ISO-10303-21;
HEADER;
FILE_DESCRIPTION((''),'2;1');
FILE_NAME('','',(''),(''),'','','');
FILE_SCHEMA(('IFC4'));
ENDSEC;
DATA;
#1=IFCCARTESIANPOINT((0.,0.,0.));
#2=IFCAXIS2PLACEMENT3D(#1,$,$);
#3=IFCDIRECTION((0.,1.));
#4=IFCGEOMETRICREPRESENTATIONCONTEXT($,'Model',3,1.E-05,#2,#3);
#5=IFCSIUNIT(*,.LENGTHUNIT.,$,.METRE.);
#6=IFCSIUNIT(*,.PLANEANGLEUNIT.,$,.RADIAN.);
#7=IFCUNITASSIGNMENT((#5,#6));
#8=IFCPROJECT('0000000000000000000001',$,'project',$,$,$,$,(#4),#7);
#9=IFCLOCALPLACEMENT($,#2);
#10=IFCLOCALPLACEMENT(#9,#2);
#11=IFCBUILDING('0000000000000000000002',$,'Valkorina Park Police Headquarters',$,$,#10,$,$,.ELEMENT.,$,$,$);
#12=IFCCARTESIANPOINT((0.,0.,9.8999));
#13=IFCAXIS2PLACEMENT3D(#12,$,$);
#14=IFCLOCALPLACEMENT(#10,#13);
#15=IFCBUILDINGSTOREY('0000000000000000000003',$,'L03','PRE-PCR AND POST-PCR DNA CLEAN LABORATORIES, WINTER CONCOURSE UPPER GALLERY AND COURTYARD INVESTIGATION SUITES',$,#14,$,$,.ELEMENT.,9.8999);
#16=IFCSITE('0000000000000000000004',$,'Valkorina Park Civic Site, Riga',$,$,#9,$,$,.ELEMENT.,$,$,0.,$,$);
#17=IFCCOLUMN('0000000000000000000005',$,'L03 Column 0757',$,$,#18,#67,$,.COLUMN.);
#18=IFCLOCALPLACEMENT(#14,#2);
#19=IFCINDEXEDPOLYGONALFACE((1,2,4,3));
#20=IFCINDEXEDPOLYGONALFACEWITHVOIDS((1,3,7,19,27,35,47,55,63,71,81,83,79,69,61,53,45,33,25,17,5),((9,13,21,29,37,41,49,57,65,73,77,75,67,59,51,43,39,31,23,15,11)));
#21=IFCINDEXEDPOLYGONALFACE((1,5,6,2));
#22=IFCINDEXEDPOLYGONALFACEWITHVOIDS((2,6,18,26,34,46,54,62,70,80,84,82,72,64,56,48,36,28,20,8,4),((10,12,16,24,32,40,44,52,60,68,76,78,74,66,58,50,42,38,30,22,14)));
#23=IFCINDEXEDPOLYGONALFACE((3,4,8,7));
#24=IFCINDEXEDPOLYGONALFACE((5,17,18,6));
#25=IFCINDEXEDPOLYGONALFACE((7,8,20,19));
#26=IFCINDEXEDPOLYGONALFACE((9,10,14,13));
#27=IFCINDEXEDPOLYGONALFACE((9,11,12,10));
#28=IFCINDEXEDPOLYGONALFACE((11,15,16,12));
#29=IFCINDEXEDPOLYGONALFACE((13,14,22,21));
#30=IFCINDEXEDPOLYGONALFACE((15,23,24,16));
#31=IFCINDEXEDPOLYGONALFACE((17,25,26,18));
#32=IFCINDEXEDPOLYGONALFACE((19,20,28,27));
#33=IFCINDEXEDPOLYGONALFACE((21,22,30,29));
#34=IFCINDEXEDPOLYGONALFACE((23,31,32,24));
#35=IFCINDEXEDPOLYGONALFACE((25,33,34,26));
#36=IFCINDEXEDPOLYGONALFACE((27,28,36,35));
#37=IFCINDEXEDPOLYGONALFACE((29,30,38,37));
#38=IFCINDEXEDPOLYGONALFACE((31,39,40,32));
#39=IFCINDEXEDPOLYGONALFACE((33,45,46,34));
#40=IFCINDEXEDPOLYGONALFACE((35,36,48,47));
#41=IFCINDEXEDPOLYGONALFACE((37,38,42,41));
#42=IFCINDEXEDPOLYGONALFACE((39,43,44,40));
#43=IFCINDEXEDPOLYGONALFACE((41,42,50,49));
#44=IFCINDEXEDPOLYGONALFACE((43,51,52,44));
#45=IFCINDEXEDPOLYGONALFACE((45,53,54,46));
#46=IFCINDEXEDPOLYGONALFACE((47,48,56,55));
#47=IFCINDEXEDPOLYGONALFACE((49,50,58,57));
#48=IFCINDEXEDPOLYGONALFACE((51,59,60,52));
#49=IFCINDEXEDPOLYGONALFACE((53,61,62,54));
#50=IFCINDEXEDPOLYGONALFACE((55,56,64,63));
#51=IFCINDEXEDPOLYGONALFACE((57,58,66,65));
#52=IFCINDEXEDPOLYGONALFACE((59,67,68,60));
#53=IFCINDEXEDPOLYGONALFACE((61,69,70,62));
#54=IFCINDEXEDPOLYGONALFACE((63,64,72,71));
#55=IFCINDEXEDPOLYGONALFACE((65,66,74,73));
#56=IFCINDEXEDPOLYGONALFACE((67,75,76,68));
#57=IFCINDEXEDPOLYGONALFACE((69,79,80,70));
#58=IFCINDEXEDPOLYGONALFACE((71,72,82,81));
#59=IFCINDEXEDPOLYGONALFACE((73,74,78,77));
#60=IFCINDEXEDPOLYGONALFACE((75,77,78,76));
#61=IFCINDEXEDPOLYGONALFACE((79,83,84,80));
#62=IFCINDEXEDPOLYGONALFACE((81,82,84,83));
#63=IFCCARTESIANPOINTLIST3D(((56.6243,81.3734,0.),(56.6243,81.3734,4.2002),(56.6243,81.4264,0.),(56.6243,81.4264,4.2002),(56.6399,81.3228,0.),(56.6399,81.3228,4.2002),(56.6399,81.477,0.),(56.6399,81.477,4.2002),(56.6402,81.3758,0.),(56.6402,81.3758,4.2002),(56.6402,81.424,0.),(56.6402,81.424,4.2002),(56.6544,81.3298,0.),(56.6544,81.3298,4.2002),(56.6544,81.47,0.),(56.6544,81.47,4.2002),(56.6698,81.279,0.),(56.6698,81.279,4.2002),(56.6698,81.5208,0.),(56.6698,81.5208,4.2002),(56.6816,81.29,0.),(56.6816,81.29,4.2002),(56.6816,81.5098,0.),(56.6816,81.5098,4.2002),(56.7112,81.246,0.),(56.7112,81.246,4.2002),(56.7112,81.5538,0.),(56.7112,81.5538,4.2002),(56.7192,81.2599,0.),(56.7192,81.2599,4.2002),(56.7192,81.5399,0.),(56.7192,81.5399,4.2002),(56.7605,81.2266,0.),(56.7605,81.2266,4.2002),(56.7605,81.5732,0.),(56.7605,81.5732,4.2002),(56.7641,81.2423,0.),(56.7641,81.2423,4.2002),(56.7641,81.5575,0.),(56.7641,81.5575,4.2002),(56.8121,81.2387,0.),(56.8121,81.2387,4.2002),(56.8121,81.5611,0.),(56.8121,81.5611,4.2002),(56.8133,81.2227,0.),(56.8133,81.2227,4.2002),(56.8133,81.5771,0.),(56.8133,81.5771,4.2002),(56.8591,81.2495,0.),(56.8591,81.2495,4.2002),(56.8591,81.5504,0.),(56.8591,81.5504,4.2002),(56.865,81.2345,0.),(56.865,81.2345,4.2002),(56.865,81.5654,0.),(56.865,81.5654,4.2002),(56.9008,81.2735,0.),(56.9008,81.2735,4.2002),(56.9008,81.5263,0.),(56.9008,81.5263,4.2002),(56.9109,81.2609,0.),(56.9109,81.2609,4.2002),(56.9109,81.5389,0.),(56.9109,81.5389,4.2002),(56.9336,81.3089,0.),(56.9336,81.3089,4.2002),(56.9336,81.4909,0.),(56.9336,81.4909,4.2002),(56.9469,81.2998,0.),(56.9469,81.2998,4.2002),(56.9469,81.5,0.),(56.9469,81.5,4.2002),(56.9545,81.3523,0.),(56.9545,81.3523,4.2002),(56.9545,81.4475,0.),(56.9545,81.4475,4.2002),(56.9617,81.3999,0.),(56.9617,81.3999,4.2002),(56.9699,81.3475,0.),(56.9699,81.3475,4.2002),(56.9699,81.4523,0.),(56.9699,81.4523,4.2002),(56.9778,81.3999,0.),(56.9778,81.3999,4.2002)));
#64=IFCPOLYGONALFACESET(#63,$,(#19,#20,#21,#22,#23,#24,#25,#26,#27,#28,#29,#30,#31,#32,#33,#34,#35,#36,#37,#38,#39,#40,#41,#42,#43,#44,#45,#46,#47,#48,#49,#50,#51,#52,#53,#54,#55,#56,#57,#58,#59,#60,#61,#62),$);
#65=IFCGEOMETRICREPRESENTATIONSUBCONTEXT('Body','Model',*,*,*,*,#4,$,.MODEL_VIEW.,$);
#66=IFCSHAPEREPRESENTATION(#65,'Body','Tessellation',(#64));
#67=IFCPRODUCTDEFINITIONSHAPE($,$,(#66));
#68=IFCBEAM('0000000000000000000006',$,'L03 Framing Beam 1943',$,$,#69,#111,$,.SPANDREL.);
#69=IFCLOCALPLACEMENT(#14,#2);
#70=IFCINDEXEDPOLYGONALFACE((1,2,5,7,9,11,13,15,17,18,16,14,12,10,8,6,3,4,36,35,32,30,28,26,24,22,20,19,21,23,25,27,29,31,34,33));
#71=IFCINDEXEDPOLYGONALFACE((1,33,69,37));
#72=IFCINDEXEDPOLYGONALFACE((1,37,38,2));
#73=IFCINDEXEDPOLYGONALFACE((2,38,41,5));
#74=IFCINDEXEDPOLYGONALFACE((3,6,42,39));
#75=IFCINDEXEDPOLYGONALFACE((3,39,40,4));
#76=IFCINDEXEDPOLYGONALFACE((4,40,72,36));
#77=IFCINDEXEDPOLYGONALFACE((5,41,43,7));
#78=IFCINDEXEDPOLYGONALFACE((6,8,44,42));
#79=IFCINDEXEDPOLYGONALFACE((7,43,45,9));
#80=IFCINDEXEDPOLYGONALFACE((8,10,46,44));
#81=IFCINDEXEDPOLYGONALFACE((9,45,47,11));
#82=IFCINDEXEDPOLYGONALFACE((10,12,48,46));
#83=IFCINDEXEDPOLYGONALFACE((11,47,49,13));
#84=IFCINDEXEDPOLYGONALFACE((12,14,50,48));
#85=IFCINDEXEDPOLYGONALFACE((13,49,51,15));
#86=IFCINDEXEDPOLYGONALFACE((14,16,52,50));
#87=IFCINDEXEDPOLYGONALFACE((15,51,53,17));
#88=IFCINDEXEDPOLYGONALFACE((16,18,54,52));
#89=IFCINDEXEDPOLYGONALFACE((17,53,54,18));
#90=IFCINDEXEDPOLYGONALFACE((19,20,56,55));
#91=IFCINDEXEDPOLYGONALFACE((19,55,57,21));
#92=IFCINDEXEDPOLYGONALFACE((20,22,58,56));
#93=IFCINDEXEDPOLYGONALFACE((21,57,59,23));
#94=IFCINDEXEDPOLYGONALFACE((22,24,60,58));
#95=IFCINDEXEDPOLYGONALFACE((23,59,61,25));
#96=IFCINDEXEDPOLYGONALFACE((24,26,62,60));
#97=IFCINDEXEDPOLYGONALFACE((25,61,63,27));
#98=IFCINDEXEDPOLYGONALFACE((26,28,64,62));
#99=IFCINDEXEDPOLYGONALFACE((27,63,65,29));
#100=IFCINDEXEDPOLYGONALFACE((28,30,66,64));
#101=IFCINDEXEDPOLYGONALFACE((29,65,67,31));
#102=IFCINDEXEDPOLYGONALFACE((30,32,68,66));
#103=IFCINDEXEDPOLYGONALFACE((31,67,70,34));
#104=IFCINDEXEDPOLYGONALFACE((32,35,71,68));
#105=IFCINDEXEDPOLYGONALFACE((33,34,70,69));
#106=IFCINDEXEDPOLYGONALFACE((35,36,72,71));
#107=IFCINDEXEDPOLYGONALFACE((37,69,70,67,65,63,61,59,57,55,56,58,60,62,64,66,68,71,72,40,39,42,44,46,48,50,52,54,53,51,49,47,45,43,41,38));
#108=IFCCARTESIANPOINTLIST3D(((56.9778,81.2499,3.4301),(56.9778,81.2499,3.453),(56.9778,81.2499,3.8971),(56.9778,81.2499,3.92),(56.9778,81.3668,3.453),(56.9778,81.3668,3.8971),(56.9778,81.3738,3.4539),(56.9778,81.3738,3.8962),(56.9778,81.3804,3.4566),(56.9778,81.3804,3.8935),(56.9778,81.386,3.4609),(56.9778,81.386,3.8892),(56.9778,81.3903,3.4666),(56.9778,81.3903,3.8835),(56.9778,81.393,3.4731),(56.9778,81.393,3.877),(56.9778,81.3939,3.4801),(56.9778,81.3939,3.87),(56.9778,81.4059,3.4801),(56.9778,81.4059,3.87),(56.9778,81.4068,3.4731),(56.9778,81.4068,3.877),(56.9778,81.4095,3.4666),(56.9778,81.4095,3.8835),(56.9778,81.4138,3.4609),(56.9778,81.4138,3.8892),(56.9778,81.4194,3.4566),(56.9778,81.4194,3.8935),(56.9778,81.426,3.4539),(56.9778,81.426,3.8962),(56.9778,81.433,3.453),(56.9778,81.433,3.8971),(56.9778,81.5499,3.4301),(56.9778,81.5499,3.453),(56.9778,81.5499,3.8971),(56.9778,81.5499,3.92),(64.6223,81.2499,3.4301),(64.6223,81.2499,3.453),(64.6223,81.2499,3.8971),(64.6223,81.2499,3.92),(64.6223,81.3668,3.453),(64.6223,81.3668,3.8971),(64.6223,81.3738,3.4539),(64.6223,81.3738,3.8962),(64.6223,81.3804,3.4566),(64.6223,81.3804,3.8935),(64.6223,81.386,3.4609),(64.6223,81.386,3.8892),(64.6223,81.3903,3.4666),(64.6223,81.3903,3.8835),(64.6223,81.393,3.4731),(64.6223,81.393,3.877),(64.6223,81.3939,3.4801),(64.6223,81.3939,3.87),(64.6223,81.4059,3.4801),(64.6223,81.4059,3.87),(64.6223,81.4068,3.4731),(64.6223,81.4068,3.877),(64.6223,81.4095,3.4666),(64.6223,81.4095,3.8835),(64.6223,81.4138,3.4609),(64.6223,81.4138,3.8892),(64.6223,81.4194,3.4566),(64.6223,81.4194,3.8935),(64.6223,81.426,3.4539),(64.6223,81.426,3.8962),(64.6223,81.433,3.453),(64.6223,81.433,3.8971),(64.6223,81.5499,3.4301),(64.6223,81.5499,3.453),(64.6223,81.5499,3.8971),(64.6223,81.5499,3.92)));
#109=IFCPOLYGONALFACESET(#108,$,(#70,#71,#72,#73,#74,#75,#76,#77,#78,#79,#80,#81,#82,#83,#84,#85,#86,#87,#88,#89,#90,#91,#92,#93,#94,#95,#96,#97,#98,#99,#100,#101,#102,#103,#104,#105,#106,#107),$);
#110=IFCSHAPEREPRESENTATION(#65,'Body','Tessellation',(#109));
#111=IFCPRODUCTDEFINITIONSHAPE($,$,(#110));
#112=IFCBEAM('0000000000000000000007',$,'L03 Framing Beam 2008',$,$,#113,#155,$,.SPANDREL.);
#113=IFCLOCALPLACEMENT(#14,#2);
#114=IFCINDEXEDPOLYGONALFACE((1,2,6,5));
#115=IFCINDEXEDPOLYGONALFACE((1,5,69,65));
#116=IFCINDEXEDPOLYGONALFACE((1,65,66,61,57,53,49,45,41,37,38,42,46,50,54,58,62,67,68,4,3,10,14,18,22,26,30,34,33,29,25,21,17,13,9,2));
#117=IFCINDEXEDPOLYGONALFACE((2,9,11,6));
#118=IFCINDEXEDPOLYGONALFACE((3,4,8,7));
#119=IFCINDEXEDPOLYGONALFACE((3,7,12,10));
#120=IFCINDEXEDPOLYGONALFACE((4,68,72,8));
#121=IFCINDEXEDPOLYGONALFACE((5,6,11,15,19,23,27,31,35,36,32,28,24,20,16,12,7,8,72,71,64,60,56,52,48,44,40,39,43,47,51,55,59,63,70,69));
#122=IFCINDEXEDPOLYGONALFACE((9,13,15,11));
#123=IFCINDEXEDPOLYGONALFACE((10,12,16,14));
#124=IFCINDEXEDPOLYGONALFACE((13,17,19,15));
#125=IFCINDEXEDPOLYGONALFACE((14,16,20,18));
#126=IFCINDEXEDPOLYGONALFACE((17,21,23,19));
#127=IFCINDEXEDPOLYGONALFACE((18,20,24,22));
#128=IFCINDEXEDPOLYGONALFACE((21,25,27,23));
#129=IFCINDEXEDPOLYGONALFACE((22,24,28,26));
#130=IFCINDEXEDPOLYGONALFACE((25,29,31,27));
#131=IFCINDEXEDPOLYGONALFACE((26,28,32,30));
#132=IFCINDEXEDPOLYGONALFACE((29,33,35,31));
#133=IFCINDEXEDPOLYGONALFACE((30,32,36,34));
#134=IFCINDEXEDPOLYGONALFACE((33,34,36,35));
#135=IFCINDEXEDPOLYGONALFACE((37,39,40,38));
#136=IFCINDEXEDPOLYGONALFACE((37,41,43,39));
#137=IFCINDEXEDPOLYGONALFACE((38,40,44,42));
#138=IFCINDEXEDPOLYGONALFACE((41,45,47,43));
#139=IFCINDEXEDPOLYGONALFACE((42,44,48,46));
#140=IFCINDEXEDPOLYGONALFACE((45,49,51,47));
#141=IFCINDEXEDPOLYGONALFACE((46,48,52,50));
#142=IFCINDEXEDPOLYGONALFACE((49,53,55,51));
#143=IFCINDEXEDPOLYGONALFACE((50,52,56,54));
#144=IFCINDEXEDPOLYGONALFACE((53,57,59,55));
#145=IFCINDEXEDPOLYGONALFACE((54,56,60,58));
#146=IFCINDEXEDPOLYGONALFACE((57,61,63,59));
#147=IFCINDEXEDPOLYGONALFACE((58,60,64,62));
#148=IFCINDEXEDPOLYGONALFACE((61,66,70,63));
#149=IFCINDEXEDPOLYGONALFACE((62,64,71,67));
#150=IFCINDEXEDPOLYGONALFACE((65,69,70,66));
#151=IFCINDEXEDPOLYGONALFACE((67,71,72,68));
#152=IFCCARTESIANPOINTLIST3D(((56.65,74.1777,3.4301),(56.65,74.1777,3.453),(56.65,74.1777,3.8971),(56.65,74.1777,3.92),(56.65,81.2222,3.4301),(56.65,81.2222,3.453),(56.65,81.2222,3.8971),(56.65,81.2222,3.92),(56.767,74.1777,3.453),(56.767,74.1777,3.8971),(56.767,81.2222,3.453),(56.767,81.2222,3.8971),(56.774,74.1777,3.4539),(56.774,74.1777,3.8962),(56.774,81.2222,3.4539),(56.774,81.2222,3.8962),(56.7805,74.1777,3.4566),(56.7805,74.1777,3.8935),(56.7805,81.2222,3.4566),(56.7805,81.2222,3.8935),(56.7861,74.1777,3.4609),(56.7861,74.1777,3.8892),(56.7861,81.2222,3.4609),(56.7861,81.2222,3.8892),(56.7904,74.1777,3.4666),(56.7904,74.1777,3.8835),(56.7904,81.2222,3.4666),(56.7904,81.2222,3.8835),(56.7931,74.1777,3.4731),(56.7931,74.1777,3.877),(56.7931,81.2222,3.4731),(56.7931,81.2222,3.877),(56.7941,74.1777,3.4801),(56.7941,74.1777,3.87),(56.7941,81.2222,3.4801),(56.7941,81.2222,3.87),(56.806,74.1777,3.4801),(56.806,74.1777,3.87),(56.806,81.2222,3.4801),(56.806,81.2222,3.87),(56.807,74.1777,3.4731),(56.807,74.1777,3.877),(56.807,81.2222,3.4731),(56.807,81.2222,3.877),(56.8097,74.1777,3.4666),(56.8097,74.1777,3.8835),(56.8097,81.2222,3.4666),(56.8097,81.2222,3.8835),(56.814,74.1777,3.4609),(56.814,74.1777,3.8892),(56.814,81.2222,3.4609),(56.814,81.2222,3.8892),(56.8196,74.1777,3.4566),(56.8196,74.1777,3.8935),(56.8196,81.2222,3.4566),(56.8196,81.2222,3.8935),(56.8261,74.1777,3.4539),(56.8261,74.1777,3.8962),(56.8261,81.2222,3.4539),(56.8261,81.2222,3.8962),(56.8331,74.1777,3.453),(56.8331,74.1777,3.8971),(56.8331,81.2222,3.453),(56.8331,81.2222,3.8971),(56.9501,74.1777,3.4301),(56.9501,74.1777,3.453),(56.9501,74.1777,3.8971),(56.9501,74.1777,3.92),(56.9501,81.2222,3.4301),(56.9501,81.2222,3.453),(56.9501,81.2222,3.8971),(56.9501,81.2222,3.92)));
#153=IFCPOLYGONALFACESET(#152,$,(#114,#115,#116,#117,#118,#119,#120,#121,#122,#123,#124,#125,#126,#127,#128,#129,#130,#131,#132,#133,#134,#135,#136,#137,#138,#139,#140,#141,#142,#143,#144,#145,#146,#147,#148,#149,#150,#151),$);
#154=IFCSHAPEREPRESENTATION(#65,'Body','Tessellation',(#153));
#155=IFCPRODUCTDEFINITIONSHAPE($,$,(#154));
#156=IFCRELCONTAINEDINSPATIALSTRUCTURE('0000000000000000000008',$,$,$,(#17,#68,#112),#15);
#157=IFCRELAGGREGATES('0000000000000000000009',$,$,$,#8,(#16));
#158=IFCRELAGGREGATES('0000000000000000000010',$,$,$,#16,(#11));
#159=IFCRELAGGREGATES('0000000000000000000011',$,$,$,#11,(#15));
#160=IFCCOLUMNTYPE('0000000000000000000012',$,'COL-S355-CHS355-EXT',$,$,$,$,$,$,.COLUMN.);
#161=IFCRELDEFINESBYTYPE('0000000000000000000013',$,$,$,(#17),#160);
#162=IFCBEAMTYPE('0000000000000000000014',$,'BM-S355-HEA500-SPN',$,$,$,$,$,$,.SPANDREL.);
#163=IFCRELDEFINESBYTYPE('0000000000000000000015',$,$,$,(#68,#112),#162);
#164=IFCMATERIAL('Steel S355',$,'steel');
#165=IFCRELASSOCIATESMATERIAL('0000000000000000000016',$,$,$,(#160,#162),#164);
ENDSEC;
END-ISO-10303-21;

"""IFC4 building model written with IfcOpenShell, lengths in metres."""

from ifc_helpers import new_model, si_unit, direction, frame, origin, origin_2d, place, context, subcontext, project, spatial, hollow_circle, i_section, extrude, material, material_profile, profile_set, type_object, element, save


model = new_model("IFC4")

# Units and contexts
model_context = context("Model", 3, precision=1e-05, world=origin(), true_north=direction((0.0, 1.0)))
body_context = subcontext(model_context, "Body", "Model", "MODEL_VIEW")
ifc_project = project(units=[si_unit("LENGTHUNIT", "METRE"), si_unit("PLANEANGLEUNIT", "RADIAN")], contexts=[model_context])

# Site, building, storey
site_placement = place(None, origin())
site = spatial("IfcSite", under=ifc_project, at=site_placement, Name="Valkorina Park Civic Site, Riga", CompositionType="ELEMENT", RefElevation=0.0)
building_placement = place(site_placement, origin())
building = spatial("IfcBuilding", under=site, at=building_placement, Name="Valkorina Park Police Headquarters", CompositionType="ELEMENT")
storey_placement = place(building_placement, frame((0.0, 0.0, 9.8999)))
storey = spatial("IfcBuildingStorey", under=building, at=storey_placement, Name="L03", Description="PRE-PCR AND POST-PCR DNA CLEAN LABORATORIES, WINTER CONCOURSE UPPER GALLERY AND COURTYARD INVESTIGATION SUITES", CompositionType="ELEMENT", Elevation=9.8999)

# Column
ifc_material_1 = material(Name="Steel S355", Category="steel")
ifc_material_profile_1 = material_profile(ifc_material_1, hollow_circle(Radius=0.1777, WallThickness=0.0161, at=origin_2d()), Name="CHS 355.6x16")
ifc_profile_set_1 = profile_set([ifc_material_profile_1], Name="Steel S355")
column_type = type_object("IfcColumnType", Name="COL-S355-CHS355-EXT", PredefinedType="COLUMN", material=ifc_profile_set_1)
column_placement = place(storey_placement, frame((56.8, 81.3999, 0.0), z_axis=(0.0, 0.0, 1.0), x_axis=(1.0, 0.0, 0.0)))
element("IfcColumn", 1, at=column_placement, inside=storey, type_object=column_type, Name="L03 Column 0757", PredefinedType="COLUMN", context=body_context, shape_type="SweptSolid", body=[
    extrude(hollow_circle(Radius=0.1777, WallThickness=0.0161, at=origin_2d()), origin(), (0.0, 0.0, 1.0), 4.2002),
])

# Beams
ifc_material_profile_2 = material_profile(ifc_material_1, i_section(OverallWidth=0.3, OverallDepth=0.49, WebThickness=0.012, FlangeThickness=0.0229, FilletRadius=0.0271, at=origin_2d()), Name="HEA 500")
ifc_profile_set_2 = profile_set([ifc_material_profile_2], Name="Steel S355")
beam_type_1 = type_object("IfcBeamType", Name="BM-S355-HEA500-SPN", PredefinedType="SPANDREL", material=ifc_profile_set_2)
beam_1_placement = place(storey_placement, frame((56.9778, 81.3999, 3.675), z_axis=(1.0, 0.0, 0.0), x_axis=(0.0, 1.0, 0.0)))
element("IfcBeam", 2, at=beam_1_placement, inside=storey, type_object=beam_type_1, Name="L03 Framing Beam 1943", PredefinedType="SPANDREL", context=body_context, shape_type="SweptSolid", body=[
    extrude(i_section(OverallWidth=0.3, OverallDepth=0.49, WebThickness=0.012, FlangeThickness=0.0229, FilletRadius=0.0271, at=origin_2d()), origin(), (0.0, 0.0, 1.0), 7.6445),
])
beam_2_placement = place(storey_placement, frame((56.8, 74.1777, 3.675), z_axis=(0.0, 1.0, 0.0), x_axis=(-1.0, 0.0, 0.0)))
element("IfcBeam", 3, at=beam_2_placement, inside=storey, type_object=beam_type_1, Name="L03 Framing Beam 2008", PredefinedType="SPANDREL", context=body_context, shape_type="SweptSolid", body=[
    extrude(i_section(OverallWidth=0.3, OverallDepth=0.49, WebThickness=0.012, FlangeThickness=0.0229, FilletRadius=0.0271, at=origin_2d()), origin(), (0.0, 0.0, 1.0), 7.0444),
])

save(model, "model.ifc")
